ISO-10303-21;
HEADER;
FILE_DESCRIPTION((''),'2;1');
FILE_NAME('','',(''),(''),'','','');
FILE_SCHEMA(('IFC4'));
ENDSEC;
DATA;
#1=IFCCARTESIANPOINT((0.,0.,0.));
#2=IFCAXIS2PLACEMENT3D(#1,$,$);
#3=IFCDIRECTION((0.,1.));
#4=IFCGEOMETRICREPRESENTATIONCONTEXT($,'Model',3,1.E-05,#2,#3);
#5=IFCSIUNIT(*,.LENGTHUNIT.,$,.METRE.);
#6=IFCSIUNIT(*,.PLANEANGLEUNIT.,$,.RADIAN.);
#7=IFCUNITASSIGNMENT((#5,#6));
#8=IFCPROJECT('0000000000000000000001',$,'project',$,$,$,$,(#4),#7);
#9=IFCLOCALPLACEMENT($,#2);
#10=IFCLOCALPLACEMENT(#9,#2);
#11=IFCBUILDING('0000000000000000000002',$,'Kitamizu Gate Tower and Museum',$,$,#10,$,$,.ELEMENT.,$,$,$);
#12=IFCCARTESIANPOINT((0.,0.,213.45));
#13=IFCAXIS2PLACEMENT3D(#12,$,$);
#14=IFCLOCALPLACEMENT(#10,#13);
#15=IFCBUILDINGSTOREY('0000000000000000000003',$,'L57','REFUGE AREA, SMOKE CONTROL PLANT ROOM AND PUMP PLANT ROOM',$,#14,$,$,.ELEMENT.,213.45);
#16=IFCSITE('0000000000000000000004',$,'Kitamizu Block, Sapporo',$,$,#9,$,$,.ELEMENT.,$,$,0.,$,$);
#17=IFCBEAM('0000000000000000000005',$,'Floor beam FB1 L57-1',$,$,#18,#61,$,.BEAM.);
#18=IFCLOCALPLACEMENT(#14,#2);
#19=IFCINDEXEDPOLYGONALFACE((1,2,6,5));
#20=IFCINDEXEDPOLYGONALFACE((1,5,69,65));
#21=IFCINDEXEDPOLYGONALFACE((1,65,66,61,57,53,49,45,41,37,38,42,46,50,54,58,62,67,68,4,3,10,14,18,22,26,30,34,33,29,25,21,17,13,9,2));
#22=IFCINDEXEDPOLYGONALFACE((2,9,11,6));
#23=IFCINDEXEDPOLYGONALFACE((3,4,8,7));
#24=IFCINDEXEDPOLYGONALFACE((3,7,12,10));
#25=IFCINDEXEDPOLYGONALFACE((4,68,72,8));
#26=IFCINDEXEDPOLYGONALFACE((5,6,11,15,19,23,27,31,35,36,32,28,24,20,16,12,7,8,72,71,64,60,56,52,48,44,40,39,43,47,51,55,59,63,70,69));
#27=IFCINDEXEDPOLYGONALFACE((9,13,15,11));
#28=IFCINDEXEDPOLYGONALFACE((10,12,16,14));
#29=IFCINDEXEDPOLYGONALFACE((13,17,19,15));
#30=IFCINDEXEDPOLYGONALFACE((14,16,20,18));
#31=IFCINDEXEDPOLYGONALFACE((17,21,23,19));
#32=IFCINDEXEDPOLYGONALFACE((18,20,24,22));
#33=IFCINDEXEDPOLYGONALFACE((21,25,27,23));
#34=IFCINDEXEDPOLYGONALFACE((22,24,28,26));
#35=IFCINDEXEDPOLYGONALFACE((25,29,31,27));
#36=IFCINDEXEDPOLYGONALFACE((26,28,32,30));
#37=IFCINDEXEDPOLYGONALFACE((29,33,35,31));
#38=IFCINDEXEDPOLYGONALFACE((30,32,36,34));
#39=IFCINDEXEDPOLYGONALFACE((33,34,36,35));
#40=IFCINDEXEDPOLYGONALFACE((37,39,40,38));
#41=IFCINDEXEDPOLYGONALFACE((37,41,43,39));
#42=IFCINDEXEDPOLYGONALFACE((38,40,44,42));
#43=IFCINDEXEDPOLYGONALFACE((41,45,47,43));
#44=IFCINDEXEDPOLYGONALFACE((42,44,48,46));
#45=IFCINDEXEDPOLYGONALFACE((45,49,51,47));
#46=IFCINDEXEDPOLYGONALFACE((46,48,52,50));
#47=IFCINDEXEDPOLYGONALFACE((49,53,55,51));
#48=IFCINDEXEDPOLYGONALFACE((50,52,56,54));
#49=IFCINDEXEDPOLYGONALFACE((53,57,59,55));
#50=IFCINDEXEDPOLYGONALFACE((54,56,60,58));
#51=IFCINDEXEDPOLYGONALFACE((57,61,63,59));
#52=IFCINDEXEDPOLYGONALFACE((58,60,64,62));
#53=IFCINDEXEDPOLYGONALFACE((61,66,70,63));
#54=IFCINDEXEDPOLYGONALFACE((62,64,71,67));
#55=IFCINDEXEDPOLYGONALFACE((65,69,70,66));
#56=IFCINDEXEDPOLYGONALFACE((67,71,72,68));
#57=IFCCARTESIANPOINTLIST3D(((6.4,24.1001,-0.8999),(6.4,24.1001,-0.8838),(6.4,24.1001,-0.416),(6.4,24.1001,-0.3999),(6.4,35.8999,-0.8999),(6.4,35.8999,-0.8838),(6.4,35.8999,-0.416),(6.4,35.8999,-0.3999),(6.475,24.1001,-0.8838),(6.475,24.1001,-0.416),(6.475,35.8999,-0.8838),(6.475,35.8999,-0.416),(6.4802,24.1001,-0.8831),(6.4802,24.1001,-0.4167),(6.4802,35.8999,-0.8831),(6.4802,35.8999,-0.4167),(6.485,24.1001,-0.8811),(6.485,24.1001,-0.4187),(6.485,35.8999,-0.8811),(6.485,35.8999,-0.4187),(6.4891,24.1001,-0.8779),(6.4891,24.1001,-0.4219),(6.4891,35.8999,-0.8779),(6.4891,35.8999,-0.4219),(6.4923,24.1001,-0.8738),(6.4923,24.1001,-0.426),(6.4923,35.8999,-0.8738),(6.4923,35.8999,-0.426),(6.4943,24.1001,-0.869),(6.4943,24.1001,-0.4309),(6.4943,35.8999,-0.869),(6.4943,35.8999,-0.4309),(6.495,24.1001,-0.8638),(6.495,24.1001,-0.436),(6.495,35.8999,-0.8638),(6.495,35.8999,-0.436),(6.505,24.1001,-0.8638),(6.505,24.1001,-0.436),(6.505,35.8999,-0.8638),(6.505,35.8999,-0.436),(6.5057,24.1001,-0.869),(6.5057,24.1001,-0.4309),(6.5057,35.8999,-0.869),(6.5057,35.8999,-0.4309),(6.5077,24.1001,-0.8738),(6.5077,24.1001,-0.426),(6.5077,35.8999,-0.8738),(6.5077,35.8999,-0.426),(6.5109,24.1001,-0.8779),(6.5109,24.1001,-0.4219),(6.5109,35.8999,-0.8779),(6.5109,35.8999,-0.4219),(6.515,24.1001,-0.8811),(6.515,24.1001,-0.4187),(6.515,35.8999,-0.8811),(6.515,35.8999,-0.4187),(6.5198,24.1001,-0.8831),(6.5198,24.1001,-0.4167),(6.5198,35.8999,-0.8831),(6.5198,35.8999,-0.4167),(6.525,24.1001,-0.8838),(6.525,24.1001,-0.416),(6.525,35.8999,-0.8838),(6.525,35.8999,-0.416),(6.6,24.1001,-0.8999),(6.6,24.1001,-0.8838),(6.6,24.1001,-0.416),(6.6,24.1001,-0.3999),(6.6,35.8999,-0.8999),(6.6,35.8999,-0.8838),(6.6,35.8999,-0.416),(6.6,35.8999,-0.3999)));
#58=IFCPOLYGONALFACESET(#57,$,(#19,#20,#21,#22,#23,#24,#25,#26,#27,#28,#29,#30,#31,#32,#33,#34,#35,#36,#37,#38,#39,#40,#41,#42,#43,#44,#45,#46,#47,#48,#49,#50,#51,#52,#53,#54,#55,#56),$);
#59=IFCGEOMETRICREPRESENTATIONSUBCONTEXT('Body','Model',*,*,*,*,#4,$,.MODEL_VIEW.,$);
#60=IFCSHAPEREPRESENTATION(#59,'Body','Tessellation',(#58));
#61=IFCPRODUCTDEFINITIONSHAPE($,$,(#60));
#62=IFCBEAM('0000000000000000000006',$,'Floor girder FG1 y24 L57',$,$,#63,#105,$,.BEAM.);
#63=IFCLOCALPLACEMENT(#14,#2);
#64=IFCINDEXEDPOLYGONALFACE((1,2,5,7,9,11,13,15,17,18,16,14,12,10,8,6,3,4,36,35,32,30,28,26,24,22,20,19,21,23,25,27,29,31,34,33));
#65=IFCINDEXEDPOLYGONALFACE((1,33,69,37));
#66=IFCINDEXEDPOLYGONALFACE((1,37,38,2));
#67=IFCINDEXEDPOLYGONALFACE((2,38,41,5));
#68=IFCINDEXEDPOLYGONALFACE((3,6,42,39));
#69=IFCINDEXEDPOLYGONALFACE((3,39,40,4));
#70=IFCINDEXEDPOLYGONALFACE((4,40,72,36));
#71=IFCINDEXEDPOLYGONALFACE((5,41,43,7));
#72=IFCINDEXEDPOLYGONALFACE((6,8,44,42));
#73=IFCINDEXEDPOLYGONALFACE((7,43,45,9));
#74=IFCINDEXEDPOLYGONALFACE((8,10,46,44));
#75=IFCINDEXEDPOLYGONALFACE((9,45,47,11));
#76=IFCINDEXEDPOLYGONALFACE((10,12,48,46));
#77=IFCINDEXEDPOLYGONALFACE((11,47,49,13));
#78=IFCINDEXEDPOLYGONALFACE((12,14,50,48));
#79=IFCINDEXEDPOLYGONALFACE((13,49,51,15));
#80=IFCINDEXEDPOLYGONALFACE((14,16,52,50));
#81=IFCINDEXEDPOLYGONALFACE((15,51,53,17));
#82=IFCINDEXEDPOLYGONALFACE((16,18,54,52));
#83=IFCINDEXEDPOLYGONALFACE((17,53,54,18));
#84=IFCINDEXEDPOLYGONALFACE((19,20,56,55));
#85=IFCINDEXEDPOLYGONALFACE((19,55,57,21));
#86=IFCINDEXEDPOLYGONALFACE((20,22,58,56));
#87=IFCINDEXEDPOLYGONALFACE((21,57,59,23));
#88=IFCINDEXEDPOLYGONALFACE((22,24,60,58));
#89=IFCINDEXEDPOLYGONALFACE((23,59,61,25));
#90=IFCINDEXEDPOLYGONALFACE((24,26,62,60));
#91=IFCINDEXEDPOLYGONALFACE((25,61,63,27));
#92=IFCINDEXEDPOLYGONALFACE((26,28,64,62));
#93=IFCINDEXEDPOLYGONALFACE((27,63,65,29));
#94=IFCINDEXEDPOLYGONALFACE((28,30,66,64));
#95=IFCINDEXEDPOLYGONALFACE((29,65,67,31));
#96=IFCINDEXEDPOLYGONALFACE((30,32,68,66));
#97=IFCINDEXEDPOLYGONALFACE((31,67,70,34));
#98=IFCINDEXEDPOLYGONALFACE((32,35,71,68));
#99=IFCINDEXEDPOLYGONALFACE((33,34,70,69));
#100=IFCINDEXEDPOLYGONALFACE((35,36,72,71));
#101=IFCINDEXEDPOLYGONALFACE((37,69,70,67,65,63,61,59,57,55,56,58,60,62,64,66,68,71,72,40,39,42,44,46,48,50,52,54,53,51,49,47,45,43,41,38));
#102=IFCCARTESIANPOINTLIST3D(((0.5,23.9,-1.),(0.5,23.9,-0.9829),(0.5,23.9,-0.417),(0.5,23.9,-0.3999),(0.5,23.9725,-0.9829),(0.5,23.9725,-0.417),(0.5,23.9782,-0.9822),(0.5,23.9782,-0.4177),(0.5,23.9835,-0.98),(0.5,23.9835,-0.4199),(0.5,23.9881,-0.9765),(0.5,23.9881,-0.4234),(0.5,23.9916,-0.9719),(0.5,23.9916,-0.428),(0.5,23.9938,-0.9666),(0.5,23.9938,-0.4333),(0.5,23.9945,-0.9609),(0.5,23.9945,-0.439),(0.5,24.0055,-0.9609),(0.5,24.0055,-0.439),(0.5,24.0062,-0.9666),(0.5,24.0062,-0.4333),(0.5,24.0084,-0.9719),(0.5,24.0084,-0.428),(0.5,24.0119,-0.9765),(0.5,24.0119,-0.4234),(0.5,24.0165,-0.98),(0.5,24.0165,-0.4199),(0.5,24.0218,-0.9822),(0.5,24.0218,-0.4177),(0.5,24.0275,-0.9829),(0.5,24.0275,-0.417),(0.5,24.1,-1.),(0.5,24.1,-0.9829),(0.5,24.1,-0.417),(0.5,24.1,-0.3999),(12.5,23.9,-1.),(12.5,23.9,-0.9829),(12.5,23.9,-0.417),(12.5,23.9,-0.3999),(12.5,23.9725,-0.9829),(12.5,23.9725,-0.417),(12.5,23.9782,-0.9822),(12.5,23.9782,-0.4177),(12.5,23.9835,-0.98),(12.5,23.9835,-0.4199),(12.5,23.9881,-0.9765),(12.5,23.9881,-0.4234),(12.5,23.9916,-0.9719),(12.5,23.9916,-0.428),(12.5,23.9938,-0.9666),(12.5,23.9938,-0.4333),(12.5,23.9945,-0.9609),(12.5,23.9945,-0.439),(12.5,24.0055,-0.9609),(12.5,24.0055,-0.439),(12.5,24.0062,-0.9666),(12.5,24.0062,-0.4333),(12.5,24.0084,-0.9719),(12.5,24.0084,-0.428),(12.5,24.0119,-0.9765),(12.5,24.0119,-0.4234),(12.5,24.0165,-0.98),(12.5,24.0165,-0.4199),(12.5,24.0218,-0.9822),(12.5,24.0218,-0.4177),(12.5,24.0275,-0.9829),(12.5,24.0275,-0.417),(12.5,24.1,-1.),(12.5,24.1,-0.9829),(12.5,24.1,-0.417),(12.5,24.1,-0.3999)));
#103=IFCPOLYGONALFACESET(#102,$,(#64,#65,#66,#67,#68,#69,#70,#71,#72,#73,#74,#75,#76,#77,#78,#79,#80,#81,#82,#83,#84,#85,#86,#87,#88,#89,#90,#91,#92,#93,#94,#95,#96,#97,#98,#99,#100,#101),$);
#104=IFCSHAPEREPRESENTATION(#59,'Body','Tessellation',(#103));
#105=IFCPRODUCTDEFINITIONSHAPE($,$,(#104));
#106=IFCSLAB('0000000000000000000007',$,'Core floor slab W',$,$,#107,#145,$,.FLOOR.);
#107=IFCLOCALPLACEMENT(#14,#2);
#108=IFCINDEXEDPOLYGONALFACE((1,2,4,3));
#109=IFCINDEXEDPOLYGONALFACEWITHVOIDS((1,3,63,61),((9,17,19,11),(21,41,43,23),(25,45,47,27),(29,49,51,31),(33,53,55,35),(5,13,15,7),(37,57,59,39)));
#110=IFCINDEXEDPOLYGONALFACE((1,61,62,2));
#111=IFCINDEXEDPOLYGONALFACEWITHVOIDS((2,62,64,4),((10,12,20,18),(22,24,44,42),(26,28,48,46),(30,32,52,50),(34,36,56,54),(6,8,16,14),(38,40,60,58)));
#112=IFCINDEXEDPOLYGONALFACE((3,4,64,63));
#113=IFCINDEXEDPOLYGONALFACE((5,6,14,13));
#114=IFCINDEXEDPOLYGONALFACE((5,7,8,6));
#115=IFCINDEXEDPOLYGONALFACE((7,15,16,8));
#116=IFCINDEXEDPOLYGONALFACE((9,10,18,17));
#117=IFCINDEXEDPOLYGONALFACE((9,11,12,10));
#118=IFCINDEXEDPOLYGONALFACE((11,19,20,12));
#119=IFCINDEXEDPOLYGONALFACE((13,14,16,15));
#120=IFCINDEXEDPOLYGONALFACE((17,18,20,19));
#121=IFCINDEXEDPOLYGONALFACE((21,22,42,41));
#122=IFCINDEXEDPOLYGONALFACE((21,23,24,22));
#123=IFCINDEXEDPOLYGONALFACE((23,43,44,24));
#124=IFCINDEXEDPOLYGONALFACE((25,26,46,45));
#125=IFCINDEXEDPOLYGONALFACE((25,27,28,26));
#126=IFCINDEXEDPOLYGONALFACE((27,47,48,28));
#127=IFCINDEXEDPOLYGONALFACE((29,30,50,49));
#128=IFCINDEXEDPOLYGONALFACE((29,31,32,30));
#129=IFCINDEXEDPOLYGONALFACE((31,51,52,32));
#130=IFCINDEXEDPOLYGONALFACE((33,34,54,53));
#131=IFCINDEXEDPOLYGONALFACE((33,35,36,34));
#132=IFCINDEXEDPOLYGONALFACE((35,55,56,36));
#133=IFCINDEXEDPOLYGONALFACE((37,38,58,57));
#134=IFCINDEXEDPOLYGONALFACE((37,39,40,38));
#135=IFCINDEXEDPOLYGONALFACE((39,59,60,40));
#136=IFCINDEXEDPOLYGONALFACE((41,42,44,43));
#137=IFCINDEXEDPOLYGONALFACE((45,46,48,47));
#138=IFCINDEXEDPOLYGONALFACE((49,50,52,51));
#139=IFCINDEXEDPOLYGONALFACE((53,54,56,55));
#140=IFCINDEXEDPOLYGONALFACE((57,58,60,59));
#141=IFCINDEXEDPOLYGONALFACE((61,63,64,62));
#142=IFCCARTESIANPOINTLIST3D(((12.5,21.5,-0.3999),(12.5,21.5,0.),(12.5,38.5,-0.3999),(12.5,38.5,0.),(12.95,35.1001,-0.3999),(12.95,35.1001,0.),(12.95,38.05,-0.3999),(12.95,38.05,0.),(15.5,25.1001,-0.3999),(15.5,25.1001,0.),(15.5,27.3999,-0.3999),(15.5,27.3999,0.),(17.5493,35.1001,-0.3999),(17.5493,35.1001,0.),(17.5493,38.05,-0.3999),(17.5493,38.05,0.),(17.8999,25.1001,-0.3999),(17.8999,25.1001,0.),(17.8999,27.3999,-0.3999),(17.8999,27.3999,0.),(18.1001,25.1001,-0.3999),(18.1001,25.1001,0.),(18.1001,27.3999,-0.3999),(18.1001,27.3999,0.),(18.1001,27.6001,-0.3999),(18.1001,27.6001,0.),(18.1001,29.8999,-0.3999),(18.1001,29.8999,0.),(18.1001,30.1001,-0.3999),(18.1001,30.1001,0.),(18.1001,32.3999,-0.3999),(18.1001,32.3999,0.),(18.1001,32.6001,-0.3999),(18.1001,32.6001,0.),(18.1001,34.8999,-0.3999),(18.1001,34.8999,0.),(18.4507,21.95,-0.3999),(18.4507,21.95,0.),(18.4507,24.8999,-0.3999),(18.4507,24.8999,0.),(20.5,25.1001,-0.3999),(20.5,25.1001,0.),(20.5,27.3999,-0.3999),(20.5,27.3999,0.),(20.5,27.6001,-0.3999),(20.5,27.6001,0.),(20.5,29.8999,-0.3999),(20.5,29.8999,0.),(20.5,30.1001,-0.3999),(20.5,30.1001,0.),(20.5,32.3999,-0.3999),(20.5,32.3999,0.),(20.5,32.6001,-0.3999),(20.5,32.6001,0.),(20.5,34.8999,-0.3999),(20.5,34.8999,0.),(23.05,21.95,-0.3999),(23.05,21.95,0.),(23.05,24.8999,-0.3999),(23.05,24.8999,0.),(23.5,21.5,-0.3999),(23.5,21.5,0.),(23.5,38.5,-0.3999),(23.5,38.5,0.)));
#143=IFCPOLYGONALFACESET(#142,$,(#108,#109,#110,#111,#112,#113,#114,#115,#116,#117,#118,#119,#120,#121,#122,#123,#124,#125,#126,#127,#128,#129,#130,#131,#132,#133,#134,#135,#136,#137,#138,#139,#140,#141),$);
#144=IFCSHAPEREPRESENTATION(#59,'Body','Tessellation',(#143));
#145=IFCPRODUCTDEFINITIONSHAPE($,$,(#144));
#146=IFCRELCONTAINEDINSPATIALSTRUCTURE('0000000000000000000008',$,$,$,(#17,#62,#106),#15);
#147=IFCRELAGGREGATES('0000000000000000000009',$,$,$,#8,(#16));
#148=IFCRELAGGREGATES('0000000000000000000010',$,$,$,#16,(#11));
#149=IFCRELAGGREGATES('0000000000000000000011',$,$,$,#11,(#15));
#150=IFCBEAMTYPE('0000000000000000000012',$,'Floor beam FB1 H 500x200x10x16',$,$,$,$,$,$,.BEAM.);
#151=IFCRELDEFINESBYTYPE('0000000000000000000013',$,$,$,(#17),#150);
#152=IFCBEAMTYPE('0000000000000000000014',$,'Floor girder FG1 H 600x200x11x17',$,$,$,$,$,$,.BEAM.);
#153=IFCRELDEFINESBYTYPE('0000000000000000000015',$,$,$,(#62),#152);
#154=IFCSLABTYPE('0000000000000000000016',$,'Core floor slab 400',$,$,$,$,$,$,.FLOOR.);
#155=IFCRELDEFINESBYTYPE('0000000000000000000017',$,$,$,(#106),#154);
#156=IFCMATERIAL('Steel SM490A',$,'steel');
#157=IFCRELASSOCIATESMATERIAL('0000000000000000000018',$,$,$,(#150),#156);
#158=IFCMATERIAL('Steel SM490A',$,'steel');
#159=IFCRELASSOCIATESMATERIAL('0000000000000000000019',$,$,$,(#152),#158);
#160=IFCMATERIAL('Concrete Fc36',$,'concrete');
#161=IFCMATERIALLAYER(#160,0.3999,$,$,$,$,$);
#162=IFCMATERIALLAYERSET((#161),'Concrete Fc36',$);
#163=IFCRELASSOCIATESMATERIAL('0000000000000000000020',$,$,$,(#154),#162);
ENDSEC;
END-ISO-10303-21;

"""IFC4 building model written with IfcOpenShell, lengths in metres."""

from ifc_helpers import new_model, si_unit, direction, frame, origin, origin_2d, place, context, subcontext, project, spatial, polyline, i_section, outline, extrude, material, layer, layer_set, material_profile, profile_set, type_object, element, save


model = new_model("IFC4")

# Units and contexts
model_context = context("Model", 3, precision=1e-05, world=origin(), true_north=direction((0.0, 1.0)))
body_context = subcontext(model_context, "Body", "Model", "MODEL_VIEW")
ifc_project = project(units=[si_unit("LENGTHUNIT", "METRE"), si_unit("PLANEANGLEUNIT", "RADIAN")], contexts=[model_context])

# Site, building, storey
site_placement = place(None, origin())
site = spatial("IfcSite", under=ifc_project, at=site_placement, Name="Kitamizu Block, Sapporo", CompositionType="ELEMENT", RefElevation=0.0)
building_placement = place(site_placement, origin())
building = spatial("IfcBuilding", under=site, at=building_placement, Name="Kitamizu Gate Tower and Museum", CompositionType="ELEMENT")
storey_placement = place(building_placement, frame((0.0, 0.0, 213.45)))
storey = spatial("IfcBuildingStorey", under=building, at=storey_placement, Name="L57", Description="REFUGE AREA, SMOKE CONTROL PLANT ROOM AND PUMP PLANT ROOM", CompositionType="ELEMENT", Elevation=213.45)

# Beams
ifc_material_1 = material(Name="Steel SM490A", Category="steel")
ifc_material_profile_1 = material_profile(ifc_material_1, i_section(OverallWidth=0.2, OverallDepth=0.5, WebThickness=0.01, FlangeThickness=0.0161, FilletRadius=0.02, at=origin_2d()), Name="H-500x200x10x16")
ifc_profile_set_1 = profile_set([ifc_material_profile_1], Name="Steel SM490A")
beam_type_1 = type_object("IfcBeamType", Name="Floor beam FB1 H 500x200x10x16", PredefinedType="BEAM", material=ifc_profile_set_1)
beam_1_placement = place(storey_placement, frame((6.5, 24.1001, -0.6499), z_axis=(0.0, 1.0, 0.0), x_axis=(-1.0, 0.0, 0.0)))
element("IfcBeam", 1, at=beam_1_placement, inside=storey, type_object=beam_type_1, Name="Floor beam FB1 L57-1", PredefinedType="BEAM", context=body_context, shape_type="SweptSolid", body=[
    extrude(i_section(OverallWidth=0.2, OverallDepth=0.5, WebThickness=0.01, FlangeThickness=0.0161, FilletRadius=0.02, at=origin_2d()), origin(), (0.0, 0.0, 1.0), 11.7998),
])
ifc_material_2 = material(Name="Steel SM490A", Category="steel")
ifc_material_profile_2 = material_profile(ifc_material_2, i_section(OverallWidth=0.2, OverallDepth=0.6001, WebThickness=0.011, FlangeThickness=0.0171, FilletRadius=0.022, at=origin_2d()), Name="H-600x200x11x17")
ifc_profile_set_2 = profile_set([ifc_material_profile_2], Name="Steel SM490A")
beam_type_2 = type_object("IfcBeamType", Name="Floor girder FG1 H 600x200x11x17", PredefinedType="BEAM", material=ifc_profile_set_2)
beam_2_placement = place(storey_placement, frame((0.5, 24.0, -0.7), z_axis=(1.0, 0.0, 0.0), x_axis=(0.0, 1.0, 0.0)))
element("IfcBeam", 2, at=beam_2_placement, inside=storey, type_object=beam_type_2, Name="Floor girder FG1 y24 L57", PredefinedType="BEAM", context=body_context, shape_type="SweptSolid", body=[
    extrude(i_section(OverallWidth=0.2, OverallDepth=0.6001, WebThickness=0.011, FlangeThickness=0.0171, FilletRadius=0.022, at=origin_2d()), origin(), (0.0, 0.0, 1.0), 12.0),
])

# Slab
ifc_material_3 = material(Name="Concrete Fc36", Category="concrete")
ifc_layer_1 = layer(ifc_material_3, 0.3999)
ifc_layer_set_1 = layer_set([ifc_layer_1], Name="Concrete Fc36")
slab_type_1 = type_object("IfcSlabType", Name="Core floor slab 400", PredefinedType="FLOOR", material=ifc_layer_set_1)
slab_1_placement = place(storey_placement, frame((0.0, 0.0, -0.3999)))
element("IfcSlab", 3, at=slab_1_placement, inside=storey, type_object=slab_type_1, Name="Core floor slab W", PredefinedType="FLOOR", context=body_context, shape_type="SweptSolid", body=[
    extrude(outline(polyline([(12.5, 21.5), (23.5, 21.5), (23.5, 38.5), (12.5, 38.5), (12.5, 21.5)]), holes=[polyline([(15.5, 25.1001), (17.8999, 25.1001), (17.8999, 27.3999), (15.5, 27.3999), (15.5, 25.1001)]), polyline([(18.1001, 25.1001), (20.5, 25.1001), (20.5, 27.3999), (18.1001, 27.3999), (18.1001, 25.1001)]), polyline([(18.1001, 27.6001), (20.5, 27.6001), (20.5, 29.8999), (18.1001, 29.8999), (18.1001, 27.6001)]), polyline([(18.1001, 30.1001), (20.5, 30.1001), (20.5, 32.3999), (18.1001, 32.3999), (18.1001, 30.1001)]), polyline([(18.1001, 32.6001), (20.5, 32.6001), (20.5, 34.8999), (18.1001, 34.8999), (18.1001, 32.6001)]), polyline([(18.4507, 21.95), (23.05, 21.95), (23.05, 24.8999), (18.4507, 24.8999), (18.4507, 21.95)]), polyline([(12.95, 35.1001), (17.5493, 35.1001), (17.5493, 38.05), (12.95, 38.05), (12.95, 35.1001)])]), origin(), (0.0, 0.0, 1.0), 0.3999),
])

save(model, "model.ifc")
